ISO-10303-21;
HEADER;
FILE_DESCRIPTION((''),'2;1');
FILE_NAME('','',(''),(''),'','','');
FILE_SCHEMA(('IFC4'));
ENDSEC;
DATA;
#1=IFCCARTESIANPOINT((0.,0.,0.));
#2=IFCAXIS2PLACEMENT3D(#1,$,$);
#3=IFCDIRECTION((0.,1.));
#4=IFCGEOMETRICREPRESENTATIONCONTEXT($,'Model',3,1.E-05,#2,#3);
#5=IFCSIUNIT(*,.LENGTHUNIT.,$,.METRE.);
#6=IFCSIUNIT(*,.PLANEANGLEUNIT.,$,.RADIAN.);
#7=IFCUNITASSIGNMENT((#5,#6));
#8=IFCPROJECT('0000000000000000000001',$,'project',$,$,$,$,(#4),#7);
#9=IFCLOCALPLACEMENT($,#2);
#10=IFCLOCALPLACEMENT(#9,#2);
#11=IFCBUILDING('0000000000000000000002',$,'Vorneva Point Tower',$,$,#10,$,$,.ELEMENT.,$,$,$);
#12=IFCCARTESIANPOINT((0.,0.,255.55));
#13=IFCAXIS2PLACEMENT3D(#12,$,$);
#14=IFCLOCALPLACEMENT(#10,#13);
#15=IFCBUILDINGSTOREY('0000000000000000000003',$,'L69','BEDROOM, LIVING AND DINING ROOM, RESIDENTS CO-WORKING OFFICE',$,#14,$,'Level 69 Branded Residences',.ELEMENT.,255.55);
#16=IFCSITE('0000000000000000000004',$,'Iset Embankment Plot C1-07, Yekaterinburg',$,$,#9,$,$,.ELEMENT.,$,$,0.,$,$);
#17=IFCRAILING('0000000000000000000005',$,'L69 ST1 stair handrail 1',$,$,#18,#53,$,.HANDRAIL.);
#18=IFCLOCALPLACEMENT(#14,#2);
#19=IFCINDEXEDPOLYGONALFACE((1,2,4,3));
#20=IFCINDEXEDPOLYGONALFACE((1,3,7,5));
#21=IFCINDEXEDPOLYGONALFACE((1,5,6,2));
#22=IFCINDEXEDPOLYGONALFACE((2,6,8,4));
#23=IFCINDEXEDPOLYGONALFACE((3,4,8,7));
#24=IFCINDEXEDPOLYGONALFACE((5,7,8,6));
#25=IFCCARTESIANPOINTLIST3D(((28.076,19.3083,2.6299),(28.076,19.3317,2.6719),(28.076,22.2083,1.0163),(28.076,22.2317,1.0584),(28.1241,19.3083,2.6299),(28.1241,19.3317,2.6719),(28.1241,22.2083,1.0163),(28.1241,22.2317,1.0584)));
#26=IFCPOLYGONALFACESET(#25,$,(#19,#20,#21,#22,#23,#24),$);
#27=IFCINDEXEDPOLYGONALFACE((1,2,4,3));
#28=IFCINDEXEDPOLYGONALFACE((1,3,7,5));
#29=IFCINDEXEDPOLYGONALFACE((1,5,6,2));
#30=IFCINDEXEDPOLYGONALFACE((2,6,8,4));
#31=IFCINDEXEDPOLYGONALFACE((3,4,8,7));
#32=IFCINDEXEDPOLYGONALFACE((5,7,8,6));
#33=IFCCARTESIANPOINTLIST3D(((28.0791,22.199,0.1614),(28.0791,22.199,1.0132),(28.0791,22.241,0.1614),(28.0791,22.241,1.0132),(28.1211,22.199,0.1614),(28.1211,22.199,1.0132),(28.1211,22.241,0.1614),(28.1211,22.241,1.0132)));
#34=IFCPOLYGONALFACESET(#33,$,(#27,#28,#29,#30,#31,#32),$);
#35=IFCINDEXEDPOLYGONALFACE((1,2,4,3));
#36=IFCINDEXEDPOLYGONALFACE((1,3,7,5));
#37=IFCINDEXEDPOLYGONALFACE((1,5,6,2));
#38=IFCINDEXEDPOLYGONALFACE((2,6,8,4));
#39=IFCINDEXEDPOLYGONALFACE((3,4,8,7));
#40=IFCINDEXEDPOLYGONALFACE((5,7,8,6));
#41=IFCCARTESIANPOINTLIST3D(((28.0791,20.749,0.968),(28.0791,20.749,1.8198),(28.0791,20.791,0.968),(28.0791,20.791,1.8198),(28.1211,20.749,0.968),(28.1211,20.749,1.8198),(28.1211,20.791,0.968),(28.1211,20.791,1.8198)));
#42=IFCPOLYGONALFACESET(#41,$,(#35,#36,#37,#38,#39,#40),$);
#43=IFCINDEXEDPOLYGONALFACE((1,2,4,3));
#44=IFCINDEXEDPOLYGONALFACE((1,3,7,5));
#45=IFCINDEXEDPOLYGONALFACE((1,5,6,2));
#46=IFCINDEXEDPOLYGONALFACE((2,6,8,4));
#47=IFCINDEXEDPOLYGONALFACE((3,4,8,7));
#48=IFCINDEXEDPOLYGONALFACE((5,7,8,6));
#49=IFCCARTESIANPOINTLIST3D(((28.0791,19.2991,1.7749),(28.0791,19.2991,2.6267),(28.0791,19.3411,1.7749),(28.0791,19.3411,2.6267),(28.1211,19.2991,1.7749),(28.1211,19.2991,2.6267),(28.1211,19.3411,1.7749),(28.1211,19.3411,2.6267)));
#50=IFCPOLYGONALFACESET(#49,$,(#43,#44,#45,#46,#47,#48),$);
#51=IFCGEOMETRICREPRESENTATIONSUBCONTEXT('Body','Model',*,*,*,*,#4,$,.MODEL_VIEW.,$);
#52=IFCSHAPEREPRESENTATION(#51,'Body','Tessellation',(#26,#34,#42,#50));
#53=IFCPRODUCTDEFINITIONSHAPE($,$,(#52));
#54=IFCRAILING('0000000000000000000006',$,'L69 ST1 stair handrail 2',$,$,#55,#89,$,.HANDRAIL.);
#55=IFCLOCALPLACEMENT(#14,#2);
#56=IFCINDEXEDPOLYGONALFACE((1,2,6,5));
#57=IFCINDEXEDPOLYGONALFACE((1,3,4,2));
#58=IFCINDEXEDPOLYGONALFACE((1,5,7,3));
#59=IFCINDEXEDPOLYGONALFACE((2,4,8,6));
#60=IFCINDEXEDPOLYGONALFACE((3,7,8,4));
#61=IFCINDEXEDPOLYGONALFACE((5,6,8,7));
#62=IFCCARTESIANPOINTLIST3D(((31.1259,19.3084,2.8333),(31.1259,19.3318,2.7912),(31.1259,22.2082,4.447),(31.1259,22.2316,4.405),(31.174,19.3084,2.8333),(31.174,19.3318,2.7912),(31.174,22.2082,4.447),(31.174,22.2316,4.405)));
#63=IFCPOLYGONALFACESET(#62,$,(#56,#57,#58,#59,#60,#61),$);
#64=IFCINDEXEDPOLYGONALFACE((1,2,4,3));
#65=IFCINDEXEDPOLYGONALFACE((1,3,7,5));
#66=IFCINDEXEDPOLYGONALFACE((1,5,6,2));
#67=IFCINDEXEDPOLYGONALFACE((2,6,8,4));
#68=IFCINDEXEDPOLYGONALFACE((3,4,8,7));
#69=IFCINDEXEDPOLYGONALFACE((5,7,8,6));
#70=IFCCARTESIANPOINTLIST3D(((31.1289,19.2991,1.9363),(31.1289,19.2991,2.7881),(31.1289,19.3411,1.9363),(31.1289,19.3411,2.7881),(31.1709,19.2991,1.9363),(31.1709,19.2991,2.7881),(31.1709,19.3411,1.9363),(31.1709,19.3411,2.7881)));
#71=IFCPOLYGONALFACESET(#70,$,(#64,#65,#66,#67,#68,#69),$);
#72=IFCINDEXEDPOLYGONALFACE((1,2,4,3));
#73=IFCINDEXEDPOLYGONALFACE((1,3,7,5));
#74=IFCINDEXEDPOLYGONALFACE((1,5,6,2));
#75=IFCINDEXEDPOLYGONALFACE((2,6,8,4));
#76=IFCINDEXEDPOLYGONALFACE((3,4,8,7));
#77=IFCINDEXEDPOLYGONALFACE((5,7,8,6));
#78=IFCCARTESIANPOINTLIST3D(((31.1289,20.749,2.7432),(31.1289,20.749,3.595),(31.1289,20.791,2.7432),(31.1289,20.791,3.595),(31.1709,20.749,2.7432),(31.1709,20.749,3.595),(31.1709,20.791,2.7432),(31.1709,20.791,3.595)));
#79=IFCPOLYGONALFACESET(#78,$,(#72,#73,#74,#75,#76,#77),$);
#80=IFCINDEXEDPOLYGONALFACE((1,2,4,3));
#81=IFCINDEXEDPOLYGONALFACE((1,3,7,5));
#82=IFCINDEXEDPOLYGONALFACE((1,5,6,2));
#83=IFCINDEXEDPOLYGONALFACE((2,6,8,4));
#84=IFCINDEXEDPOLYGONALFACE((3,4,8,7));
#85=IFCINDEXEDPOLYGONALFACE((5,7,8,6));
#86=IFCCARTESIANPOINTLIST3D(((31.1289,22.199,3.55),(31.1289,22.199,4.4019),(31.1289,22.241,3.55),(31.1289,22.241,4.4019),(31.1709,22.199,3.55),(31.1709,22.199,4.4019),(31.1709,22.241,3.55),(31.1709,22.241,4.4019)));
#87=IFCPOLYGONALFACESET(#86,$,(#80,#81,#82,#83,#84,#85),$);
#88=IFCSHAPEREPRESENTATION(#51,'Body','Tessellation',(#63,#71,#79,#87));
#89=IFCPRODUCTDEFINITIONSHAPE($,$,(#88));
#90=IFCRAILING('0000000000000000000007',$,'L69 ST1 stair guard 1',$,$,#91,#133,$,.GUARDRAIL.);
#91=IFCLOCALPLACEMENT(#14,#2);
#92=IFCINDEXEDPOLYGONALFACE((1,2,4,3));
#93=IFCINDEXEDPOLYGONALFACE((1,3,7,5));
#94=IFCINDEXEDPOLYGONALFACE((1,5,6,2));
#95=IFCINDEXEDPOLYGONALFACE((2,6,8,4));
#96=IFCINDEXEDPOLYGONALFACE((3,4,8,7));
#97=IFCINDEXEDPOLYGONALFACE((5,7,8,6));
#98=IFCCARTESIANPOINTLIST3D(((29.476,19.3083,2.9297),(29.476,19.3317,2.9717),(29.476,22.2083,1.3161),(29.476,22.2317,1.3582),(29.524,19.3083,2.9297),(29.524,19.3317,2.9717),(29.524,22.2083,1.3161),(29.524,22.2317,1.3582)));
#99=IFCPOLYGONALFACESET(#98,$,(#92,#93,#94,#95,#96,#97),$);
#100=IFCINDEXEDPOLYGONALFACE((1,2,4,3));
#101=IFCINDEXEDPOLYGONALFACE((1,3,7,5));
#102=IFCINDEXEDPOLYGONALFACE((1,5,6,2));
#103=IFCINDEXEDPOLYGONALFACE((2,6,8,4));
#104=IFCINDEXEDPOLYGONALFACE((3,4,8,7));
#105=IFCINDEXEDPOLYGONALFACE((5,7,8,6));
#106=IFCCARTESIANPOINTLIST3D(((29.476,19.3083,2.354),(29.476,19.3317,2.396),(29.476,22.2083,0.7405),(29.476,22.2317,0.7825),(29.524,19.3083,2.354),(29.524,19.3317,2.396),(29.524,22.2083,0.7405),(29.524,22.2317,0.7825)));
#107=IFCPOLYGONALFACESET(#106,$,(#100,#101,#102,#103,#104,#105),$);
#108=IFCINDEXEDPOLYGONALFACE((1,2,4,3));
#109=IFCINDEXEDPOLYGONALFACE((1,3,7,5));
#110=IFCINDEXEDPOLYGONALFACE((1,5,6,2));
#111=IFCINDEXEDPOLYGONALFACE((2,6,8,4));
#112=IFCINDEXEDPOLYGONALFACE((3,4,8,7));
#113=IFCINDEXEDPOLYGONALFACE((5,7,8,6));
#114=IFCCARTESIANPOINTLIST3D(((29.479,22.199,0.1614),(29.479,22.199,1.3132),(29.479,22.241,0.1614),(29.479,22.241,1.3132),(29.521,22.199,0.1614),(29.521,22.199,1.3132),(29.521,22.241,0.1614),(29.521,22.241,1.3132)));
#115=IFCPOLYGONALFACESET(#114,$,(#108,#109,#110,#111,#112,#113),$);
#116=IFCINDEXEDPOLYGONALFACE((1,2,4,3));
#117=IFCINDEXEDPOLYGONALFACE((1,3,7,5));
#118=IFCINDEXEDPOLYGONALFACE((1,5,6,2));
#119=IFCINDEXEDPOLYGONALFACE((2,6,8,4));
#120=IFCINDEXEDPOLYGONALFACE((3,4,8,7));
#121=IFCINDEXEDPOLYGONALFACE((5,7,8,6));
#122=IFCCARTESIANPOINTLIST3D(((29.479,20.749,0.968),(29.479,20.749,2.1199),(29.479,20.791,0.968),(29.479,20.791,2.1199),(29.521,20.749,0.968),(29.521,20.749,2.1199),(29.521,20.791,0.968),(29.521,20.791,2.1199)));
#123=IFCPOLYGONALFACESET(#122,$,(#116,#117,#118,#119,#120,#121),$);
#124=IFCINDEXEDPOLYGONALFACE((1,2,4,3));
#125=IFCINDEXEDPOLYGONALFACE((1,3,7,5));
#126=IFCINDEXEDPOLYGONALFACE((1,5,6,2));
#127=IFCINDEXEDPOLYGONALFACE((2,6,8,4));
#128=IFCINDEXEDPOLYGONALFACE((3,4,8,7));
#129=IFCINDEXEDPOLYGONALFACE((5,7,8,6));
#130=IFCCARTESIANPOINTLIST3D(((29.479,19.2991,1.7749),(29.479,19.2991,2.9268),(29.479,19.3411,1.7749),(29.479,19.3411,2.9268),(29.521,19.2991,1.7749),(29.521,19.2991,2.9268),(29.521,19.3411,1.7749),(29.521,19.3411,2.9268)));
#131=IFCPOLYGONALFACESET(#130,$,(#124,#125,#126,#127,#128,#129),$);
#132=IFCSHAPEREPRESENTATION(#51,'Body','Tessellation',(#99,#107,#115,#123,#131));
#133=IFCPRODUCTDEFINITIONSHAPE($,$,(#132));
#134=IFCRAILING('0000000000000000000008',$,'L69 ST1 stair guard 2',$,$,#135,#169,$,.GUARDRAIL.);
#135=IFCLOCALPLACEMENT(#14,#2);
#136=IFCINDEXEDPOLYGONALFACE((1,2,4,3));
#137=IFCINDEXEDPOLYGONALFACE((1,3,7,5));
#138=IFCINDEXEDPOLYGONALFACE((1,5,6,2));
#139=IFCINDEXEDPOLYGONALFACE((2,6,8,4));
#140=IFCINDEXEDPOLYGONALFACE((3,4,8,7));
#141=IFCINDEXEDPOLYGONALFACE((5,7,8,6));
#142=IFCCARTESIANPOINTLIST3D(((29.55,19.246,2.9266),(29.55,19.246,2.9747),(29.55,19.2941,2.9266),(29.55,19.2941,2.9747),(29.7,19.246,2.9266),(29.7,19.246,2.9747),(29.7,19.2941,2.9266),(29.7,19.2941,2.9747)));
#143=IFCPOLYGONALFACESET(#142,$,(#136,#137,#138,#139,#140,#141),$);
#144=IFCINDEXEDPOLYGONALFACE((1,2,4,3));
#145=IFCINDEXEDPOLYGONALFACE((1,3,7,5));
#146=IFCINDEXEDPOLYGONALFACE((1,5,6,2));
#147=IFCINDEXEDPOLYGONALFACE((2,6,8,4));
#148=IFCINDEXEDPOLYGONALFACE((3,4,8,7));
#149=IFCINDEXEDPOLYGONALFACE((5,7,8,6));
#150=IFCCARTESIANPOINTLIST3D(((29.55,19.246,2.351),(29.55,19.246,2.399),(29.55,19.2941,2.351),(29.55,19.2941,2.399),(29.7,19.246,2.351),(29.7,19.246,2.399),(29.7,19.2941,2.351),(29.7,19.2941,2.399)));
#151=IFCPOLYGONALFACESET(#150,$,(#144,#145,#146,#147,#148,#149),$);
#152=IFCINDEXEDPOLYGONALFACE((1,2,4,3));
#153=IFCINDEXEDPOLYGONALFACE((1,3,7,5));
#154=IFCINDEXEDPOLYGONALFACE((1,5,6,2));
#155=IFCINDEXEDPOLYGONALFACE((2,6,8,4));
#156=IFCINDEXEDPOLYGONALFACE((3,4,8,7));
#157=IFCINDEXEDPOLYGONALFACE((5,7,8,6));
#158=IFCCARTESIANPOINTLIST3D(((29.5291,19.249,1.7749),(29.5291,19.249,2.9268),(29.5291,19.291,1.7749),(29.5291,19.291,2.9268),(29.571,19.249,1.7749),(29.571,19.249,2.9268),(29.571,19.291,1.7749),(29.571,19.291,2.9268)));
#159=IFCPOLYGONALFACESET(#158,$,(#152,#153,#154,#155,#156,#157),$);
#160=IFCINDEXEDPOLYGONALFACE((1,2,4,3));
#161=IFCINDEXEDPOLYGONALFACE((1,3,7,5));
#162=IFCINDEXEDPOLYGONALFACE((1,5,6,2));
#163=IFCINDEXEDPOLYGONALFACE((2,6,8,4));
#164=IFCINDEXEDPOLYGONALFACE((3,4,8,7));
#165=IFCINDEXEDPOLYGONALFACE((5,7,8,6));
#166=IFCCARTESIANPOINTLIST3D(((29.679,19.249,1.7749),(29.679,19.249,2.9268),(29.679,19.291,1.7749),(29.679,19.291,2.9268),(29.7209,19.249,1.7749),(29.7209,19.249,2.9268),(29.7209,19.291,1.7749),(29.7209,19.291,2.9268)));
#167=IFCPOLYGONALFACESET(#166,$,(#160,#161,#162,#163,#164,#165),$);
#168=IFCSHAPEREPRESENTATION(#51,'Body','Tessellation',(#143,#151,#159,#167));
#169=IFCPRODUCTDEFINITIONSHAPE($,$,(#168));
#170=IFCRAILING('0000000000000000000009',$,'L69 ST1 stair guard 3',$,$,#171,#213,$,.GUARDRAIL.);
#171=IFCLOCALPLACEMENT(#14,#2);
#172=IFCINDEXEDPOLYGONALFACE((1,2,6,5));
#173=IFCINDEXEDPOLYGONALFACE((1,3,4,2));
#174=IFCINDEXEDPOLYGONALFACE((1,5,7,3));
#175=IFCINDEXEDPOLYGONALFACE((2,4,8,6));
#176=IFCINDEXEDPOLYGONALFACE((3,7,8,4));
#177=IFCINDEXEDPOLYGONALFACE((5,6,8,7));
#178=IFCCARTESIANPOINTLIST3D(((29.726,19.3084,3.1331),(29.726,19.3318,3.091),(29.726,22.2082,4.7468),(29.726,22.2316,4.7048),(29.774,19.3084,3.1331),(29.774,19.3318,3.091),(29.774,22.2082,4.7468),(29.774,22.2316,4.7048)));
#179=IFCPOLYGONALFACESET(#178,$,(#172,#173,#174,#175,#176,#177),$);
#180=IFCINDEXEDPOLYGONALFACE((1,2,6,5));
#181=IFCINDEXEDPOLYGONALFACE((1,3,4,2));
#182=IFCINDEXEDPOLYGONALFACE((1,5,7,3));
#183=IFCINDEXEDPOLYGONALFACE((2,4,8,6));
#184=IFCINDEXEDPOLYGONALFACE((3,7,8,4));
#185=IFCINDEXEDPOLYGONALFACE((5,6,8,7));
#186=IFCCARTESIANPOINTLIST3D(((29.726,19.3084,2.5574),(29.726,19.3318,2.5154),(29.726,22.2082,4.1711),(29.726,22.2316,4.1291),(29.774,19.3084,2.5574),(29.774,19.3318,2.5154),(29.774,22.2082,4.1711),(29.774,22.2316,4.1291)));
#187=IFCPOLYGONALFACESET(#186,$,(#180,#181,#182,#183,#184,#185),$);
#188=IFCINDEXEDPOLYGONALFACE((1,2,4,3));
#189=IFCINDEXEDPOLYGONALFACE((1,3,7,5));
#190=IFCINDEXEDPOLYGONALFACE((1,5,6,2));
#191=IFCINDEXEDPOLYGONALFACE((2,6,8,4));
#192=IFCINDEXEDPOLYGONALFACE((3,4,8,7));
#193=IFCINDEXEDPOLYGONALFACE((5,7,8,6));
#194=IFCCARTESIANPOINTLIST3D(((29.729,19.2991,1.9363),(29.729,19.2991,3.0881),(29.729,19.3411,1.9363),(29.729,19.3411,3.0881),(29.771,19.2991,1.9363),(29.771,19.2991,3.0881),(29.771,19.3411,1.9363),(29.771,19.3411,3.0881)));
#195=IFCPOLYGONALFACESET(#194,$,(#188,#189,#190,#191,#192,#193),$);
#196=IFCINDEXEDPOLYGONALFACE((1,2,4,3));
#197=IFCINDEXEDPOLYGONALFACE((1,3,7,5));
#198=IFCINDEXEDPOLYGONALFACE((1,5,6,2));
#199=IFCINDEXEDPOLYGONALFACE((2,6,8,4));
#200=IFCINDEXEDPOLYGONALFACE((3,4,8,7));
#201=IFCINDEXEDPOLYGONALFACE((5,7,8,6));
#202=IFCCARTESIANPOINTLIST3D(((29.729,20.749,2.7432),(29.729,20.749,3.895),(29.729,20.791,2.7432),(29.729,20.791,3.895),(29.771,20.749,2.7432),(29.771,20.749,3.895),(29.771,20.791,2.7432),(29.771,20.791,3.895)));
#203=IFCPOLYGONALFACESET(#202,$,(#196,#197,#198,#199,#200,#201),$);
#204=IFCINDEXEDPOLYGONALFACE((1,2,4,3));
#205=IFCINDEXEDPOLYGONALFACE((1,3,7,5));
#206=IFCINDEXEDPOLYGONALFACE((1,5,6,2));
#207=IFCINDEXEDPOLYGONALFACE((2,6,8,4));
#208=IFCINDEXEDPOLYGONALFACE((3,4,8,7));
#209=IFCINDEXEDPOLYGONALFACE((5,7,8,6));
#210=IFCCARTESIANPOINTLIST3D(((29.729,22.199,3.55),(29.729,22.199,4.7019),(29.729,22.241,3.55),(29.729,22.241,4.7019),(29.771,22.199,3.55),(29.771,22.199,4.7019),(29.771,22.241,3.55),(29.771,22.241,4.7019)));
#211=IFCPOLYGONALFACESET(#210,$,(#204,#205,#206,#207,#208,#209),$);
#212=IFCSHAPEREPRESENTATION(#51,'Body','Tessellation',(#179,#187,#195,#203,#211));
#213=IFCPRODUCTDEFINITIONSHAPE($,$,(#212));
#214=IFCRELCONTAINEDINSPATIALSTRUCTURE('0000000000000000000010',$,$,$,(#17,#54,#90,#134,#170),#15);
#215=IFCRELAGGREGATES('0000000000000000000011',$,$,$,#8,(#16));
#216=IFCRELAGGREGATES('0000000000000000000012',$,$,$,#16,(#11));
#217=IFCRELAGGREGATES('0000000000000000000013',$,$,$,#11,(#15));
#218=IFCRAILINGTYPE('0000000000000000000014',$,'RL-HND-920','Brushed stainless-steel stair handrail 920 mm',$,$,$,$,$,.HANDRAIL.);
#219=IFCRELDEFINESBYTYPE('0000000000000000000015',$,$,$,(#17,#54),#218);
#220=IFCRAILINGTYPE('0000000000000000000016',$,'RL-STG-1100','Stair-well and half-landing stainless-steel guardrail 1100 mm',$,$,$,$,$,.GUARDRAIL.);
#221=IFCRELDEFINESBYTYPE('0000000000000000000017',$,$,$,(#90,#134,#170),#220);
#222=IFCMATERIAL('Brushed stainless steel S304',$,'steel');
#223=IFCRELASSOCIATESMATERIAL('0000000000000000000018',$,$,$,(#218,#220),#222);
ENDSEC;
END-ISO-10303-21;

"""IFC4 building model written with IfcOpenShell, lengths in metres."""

from ifc_helpers import new_model, si_unit, direction, frame, origin, origin_2d, place, context, subcontext, project, spatial, rectangle, extrude, material, type_object, element, save


model = new_model("IFC4")

# Units and contexts
model_context = context("Model", 3, precision=1e-05, world=origin(), true_north=direction((0.0, 1.0)))
body_context = subcontext(model_context, "Body", "Model", "MODEL_VIEW")
ifc_project = project(units=[si_unit("LENGTHUNIT", "METRE"), si_unit("PLANEANGLEUNIT", "RADIAN")], contexts=[model_context])

# Site, building, storey
site_placement = place(None, origin())
site = spatial("IfcSite", under=ifc_project, at=site_placement, Name="Iset Embankment Plot C1-07, Yekaterinburg", CompositionType="ELEMENT", RefElevation=0.0)
building_placement = place(site_placement, origin())
building = spatial("IfcBuilding", under=site, at=building_placement, Name="Vorneva Point Tower", CompositionType="ELEMENT")
storey_placement = place(building_placement, frame((0.0, 0.0, 255.55)))
storey = spatial("IfcBuildingStorey", under=building, at=storey_placement, Name="L69", Description="BEDROOM, LIVING AND DINING ROOM, RESIDENTS CO-WORKING OFFICE", LongName="Level 69 Branded Residences", CompositionType="ELEMENT", Elevation=255.55)

# Railings
ifc_material_1 = material(Name="Brushed stainless steel S304", Category="steel")
railing_type_1 = type_object("IfcRailingType", Name="RL-HND-920", Description="Brushed stainless-steel stair handrail 920 mm", PredefinedType="HANDRAIL", material=ifc_material_1)
railing_1_placement = place(storey_placement, frame((28.1001, 22.22, 0.1614)))
element("IfcRailing", 1, at=railing_1_placement, inside=storey, type_object=railing_type_1, Name="L69 ST1 stair handrail 1", PredefinedType="HANDRAIL", context=body_context, shape_type="SweptSolid", body=[
    extrude(rectangle(XDim=0.0481, YDim=0.0481, at=origin_2d()), frame((0.0, 0.0, 0.876), z_axis=(0.0, -0.873841, 0.486211), x_axis=(1.0, 0.0, 0.0)), (0.0, 0.0, 1.0), 3.3186),
    extrude(rectangle(XDim=0.042, YDim=0.042, at=origin_2d()), origin(), (0.0, 0.0, 1.0), 0.8518),
    extrude(rectangle(XDim=0.042, YDim=0.042, at=origin_2d()), frame((0.0, -1.45, 0.8066)), (0.0, 0.0, 1.0), 0.8518),
    extrude(rectangle(XDim=0.042, YDim=0.042, at=origin_2d()), frame((0.0, -2.8999, 1.6135)), (0.0, 0.0, 1.0), 0.8518),
])
railing_2_placement = place(storey_placement, frame((31.1499, 19.3201, 1.9363)))
element("IfcRailing", 2, at=railing_2_placement, inside=storey, type_object=railing_type_1, Name="L69 ST1 stair handrail 2", PredefinedType="HANDRAIL", context=body_context, shape_type="SweptSolid", body=[
    extrude(rectangle(XDim=0.0481, YDim=0.0481, at=origin_2d()), frame((0.0, 0.0, 0.876), z_axis=(0.0, 0.87381, 0.486267), x_axis=(-1.0, 0.0, 0.0)), (0.0, 0.0, 1.0), 3.3186),
    extrude(rectangle(XDim=0.042, YDim=0.042, at=origin_2d()), origin(), (0.0, 0.0, 1.0), 0.8518),
    extrude(rectangle(XDim=0.042, YDim=0.042, at=origin_2d()), frame((0.0, 1.45, 0.8069)), (0.0, 0.0, 1.0), 0.8518),
    extrude(rectangle(XDim=0.042, YDim=0.042, at=origin_2d()), frame((0.0, 2.8999, 1.6138)), (0.0, 0.0, 1.0), 0.8518),
])
railing_type_2 = type_object("IfcRailingType", Name="RL-STG-1100", Description="Stair-well and half-landing stainless-steel guardrail 1100 mm", PredefinedType="GUARDRAIL", material=ifc_material_1)
railing_3_placement = place(storey_placement, frame((29.5, 22.22, 0.1614)))
element("IfcRailing", 3, at=railing_3_placement, inside=storey, type_object=railing_type_2, Name="L69 ST1 stair guard 1", PredefinedType="GUARDRAIL", context=body_context, shape_type="SweptSolid", body=[
    extrude(rectangle(XDim=0.0481, YDim=0.0481, at=origin_2d()), frame((0.0, 0.0, 1.1758), z_axis=(0.0, -0.873841, 0.486211), x_axis=(1.0, 0.0, 0.0)), (0.0, 0.0, 1.0), 3.3186),
    extrude(rectangle(XDim=0.0481, YDim=0.0481, at=origin_2d()), frame((0.0, 0.0, 0.6001), z_axis=(0.0, -0.873841, 0.486211), x_axis=(1.0, 0.0, 0.0)), (0.0, 0.0, 1.0), 3.3186),
    extrude(rectangle(XDim=0.042, YDim=0.042, at=origin_2d()), origin(), (0.0, 0.0, 1.0), 1.1519),
    extrude(rectangle(XDim=0.042, YDim=0.042, at=origin_2d()), frame((0.0, -1.45, 0.8066)), (0.0, 0.0, 1.0), 1.1519),
    extrude(rectangle(XDim=0.042, YDim=0.042, at=origin_2d()), frame((0.0, -2.8999, 1.6135)), (0.0, 0.0, 1.0), 1.1519),
])
railing_4_placement = place(storey_placement, frame((29.55, 19.27, 1.7749)))
element("IfcRailing", 4, at=railing_4_placement, inside=storey, type_object=railing_type_2, Name="L69 ST1 stair guard 2", PredefinedType="GUARDRAIL", context=body_context, shape_type="SweptSolid", body=[
    extrude(rectangle(XDim=0.0481, YDim=0.0481, at=origin_2d()), frame((0.0, 0.0, 1.1758), z_axis=(1.0, 0.0, 0.0), x_axis=(0.0, 1.0, 0.0)), (0.0, 0.0, 1.0), 0.1499),
    extrude(rectangle(XDim=0.0481, YDim=0.0481, at=origin_2d()), frame((0.0, 0.0, 0.6001), z_axis=(1.0, 0.0, 0.0), x_axis=(0.0, 1.0, 0.0)), (0.0, 0.0, 1.0), 0.1499),
    extrude(rectangle(XDim=0.042, YDim=0.042, at=origin_2d()), origin(), (0.0, 0.0, 1.0), 1.1519),
    extrude(rectangle(XDim=0.042, YDim=0.042, at=origin_2d()), frame((0.1499, 0.0, 0.0)), (0.0, 0.0, 1.0), 1.1519),
])
railing_5_placement = place(storey_placement, frame((29.75, 19.3201, 1.9363)))
element("IfcRailing", 5, at=railing_5_placement, inside=storey, type_object=railing_type_2, Name="L69 ST1 stair guard 3", PredefinedType="GUARDRAIL", context=body_context, shape_type="SweptSolid", body=[
    extrude(rectangle(XDim=0.0481, YDim=0.0481, at=origin_2d()), frame((0.0, 0.0, 1.1758), z_axis=(0.0, 0.87381, 0.486267), x_axis=(-1.0, 0.0, 0.0)), (0.0, 0.0, 1.0), 3.3186),
    extrude(rectangle(XDim=0.0481, YDim=0.0481, at=origin_2d()), frame((0.0, 0.0, 0.6001), z_axis=(0.0, 0.87381, 0.486267), x_axis=(-1.0, 0.0, 0.0)), (0.0, 0.0, 1.0), 3.3186),
    extrude(rectangle(XDim=0.042, YDim=0.042, at=origin_2d()), origin(), (0.0, 0.0, 1.0), 1.1519),
    extrude(rectangle(XDim=0.042, YDim=0.042, at=origin_2d()), frame((0.0, 1.45, 0.8069)), (0.0, 0.0, 1.0), 1.1519),
    extrude(rectangle(XDim=0.042, YDim=0.042, at=origin_2d()), frame((0.0, 2.8999, 1.6138)), (0.0, 0.0, 1.0), 1.1519),
])

save(model, "model.ifc")
